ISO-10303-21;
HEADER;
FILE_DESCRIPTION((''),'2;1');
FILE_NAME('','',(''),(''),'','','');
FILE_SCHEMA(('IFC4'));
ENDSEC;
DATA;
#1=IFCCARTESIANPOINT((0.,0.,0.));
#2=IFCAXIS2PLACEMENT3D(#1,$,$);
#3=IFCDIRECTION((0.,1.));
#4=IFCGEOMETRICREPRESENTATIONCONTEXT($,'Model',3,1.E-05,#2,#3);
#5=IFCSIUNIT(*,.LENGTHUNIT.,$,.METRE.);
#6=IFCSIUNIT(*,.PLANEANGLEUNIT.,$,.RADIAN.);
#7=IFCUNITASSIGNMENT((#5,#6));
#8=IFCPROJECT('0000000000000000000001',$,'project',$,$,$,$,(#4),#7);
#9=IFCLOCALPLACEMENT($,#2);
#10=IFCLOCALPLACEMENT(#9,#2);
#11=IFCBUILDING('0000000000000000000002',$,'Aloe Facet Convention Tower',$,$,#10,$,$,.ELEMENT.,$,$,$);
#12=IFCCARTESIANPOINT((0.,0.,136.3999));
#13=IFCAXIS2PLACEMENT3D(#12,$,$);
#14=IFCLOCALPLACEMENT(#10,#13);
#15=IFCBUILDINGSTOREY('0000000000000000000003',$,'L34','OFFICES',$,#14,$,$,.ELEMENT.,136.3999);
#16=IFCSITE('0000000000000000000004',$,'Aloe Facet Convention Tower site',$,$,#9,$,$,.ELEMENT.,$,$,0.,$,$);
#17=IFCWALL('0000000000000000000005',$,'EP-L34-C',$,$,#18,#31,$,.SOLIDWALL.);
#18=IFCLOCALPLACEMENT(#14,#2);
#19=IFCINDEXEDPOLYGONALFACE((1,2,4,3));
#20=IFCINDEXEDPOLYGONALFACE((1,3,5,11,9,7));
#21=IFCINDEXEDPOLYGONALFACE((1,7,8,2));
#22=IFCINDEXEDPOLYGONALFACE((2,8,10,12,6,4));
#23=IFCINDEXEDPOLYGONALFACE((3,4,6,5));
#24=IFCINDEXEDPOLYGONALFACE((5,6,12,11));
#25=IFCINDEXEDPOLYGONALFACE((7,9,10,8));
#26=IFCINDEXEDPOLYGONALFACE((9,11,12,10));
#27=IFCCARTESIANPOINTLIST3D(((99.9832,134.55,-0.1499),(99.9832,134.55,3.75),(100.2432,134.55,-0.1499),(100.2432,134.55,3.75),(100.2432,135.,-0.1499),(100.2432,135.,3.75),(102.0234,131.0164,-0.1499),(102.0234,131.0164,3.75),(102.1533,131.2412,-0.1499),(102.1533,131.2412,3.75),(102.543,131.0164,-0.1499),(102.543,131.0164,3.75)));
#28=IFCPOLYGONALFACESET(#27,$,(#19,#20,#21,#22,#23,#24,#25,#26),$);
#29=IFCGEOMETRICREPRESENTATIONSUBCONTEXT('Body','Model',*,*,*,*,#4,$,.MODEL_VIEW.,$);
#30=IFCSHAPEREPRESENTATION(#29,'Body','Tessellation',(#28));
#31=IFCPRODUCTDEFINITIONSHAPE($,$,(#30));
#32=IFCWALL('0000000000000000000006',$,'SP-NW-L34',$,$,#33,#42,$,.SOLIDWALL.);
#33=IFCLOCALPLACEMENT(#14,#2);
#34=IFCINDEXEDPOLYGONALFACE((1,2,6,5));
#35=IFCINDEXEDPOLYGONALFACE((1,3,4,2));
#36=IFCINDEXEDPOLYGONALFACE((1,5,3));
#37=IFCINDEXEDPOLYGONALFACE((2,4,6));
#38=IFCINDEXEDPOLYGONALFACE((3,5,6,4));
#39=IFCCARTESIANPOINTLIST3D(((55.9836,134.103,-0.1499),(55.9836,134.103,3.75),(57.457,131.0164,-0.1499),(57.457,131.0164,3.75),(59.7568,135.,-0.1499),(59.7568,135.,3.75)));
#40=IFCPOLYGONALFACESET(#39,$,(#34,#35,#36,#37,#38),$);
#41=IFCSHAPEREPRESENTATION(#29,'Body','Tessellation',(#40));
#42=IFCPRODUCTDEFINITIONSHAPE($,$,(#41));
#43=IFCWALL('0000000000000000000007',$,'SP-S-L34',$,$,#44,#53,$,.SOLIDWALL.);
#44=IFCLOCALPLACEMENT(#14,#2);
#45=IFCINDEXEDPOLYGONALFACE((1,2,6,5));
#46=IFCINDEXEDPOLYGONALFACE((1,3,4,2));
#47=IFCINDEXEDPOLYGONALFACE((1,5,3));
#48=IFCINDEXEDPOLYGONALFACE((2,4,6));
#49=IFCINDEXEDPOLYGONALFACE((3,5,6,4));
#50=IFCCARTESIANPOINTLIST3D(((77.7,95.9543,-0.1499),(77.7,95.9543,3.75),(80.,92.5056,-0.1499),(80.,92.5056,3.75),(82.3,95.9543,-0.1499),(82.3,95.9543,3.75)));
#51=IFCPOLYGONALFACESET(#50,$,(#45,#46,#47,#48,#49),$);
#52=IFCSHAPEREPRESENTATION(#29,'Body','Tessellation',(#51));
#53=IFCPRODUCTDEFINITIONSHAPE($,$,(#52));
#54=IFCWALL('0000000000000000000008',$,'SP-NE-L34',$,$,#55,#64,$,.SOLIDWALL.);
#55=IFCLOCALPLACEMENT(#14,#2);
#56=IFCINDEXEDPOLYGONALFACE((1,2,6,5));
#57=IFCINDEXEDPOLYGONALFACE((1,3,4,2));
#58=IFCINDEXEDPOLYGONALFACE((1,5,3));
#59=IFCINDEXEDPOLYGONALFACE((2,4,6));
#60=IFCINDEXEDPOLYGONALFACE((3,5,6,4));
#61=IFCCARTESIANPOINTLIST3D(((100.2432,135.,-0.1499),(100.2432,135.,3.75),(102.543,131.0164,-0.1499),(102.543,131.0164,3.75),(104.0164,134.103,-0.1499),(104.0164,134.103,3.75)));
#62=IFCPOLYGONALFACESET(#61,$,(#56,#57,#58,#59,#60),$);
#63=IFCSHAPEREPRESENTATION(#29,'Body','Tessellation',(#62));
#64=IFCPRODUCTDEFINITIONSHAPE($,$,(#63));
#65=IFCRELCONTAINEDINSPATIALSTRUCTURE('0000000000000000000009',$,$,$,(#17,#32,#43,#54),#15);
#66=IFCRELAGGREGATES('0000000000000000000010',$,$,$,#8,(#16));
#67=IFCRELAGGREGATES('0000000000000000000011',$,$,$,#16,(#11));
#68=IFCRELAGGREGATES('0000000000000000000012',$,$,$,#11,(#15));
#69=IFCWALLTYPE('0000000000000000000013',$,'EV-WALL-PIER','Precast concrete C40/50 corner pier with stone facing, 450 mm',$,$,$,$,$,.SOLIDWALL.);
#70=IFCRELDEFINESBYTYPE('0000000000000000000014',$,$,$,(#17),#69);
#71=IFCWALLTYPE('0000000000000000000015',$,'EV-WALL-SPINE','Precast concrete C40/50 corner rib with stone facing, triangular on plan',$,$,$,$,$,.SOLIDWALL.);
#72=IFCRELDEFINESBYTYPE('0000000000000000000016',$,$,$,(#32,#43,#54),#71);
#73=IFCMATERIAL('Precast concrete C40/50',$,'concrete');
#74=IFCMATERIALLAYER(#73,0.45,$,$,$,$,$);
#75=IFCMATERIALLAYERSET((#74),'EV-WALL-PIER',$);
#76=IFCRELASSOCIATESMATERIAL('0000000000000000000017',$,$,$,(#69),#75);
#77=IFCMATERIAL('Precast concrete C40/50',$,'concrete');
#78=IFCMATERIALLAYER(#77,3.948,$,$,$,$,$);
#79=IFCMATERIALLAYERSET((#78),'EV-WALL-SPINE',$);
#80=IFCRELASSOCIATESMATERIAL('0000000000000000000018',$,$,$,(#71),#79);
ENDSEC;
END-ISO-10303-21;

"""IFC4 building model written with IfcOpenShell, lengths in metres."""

from ifc_helpers import new_model, si_unit, direction, frame, origin, place, context, subcontext, project, spatial, polyline, outline, extrude, material, layer, layer_set, type_object, element, save


model = new_model("IFC4")

# Units and contexts
model_context = context("Model", 3, precision=1e-05, world=origin(), true_north=direction((0.0, 1.0)))
body_context = subcontext(model_context, "Body", "Model", "MODEL_VIEW")
ifc_project = project(units=[si_unit("LENGTHUNIT", "METRE"), si_unit("PLANEANGLEUNIT", "RADIAN")], contexts=[model_context])

# Site, building, storey
site_placement = place(None, origin())
site = spatial("IfcSite", under=ifc_project, at=site_placement, Name="Aloe Facet Convention Tower site", CompositionType="ELEMENT", RefElevation=0.0)
building_placement = place(site_placement, origin())
building = spatial("IfcBuilding", under=site, at=building_placement, Name="Aloe Facet Convention Tower", CompositionType="ELEMENT")
storey_placement = place(building_placement, frame((0.0, 0.0, 136.3999)))
storey = spatial("IfcBuildingStorey", under=building, at=storey_placement, Name="L34", Description="OFFICES", CompositionType="ELEMENT", Elevation=136.3999)

# Walls
ifc_material_1 = material(Name="Precast concrete C40/50", Category="concrete")
ifc_layer_1 = layer(ifc_material_1, 0.45)
ifc_layer_set_1 = layer_set([ifc_layer_1], Name="EV-WALL-PIER")
wall_type_1 = type_object("IfcWallType", Name="EV-WALL-PIER", Description="Precast concrete C40/50 corner pier with stone facing, 450 mm", PredefinedType="SOLIDWALL", material=ifc_layer_set_1)
wall_1_placement = place(storey_placement, frame((0.0, 0.0, -0.1499)))
element("IfcWall", 1, at=wall_1_placement, inside=storey, type_object=wall_type_1, Name="EP-L34-C", PredefinedType="SOLIDWALL", context=body_context, shape_type="SweptSolid", body=[
    extrude(outline(polyline([(102.543, 131.0164), (102.1533, 131.2412), (102.0234, 131.0164), (99.9832, 134.55), (100.2432, 134.55), (100.2432, 135.0), (102.543, 131.0164)])), origin(), (0.0, 0.0, 1.0), 3.8999),
])
ifc_material_2 = material(Name="Precast concrete C40/50", Category="concrete")
ifc_layer_2 = layer(ifc_material_2, 3.948)
ifc_layer_set_2 = layer_set([ifc_layer_2], Name="EV-WALL-SPINE")
wall_type_2 = type_object("IfcWallType", Name="EV-WALL-SPINE", Description="Precast concrete C40/50 corner rib with stone facing, triangular on plan", PredefinedType="SOLIDWALL", material=ifc_layer_set_2)
wall_2_placement = place(storey_placement, frame((0.0, 0.0, -0.1499)))
element("IfcWall", 2, at=wall_2_placement, inside=storey, type_object=wall_type_2, Name="SP-NW-L34", PredefinedType="SOLIDWALL", context=body_context, shape_type="SweptSolid", body=[
    extrude(outline(polyline([(59.7568, 135.0), (55.9836, 134.103), (57.457, 131.0164), (59.7568, 135.0)])), origin(), (0.0, 0.0, 1.0), 3.8999),
])
wall_3_placement = place(storey_placement, frame((0.0, 0.0, -0.1499)))
element("IfcWall", 3, at=wall_3_placement, inside=storey, type_object=wall_type_2, Name="SP-S-L34", PredefinedType="SOLIDWALL", context=body_context, shape_type="SweptSolid", body=[
    extrude(outline(polyline([(77.7, 95.9543), (80.0, 92.5056), (82.3, 95.9543), (77.7, 95.9543)])), origin(), (0.0, 0.0, 1.0), 3.8999),
])
wall_4_placement = place(storey_placement, frame((0.0, 0.0, -0.1499)))
element("IfcWall", 4, at=wall_4_placement, inside=storey, type_object=wall_type_2, Name="SP-NE-L34", PredefinedType="SOLIDWALL", context=body_context, shape_type="SweptSolid", body=[
    extrude(outline(polyline([(102.543, 131.0164), (104.0164, 134.103), (100.2432, 135.0), (102.543, 131.0164)])), origin(), (0.0, 0.0, 1.0), 3.8999),
])

save(model, "model.ifc")
